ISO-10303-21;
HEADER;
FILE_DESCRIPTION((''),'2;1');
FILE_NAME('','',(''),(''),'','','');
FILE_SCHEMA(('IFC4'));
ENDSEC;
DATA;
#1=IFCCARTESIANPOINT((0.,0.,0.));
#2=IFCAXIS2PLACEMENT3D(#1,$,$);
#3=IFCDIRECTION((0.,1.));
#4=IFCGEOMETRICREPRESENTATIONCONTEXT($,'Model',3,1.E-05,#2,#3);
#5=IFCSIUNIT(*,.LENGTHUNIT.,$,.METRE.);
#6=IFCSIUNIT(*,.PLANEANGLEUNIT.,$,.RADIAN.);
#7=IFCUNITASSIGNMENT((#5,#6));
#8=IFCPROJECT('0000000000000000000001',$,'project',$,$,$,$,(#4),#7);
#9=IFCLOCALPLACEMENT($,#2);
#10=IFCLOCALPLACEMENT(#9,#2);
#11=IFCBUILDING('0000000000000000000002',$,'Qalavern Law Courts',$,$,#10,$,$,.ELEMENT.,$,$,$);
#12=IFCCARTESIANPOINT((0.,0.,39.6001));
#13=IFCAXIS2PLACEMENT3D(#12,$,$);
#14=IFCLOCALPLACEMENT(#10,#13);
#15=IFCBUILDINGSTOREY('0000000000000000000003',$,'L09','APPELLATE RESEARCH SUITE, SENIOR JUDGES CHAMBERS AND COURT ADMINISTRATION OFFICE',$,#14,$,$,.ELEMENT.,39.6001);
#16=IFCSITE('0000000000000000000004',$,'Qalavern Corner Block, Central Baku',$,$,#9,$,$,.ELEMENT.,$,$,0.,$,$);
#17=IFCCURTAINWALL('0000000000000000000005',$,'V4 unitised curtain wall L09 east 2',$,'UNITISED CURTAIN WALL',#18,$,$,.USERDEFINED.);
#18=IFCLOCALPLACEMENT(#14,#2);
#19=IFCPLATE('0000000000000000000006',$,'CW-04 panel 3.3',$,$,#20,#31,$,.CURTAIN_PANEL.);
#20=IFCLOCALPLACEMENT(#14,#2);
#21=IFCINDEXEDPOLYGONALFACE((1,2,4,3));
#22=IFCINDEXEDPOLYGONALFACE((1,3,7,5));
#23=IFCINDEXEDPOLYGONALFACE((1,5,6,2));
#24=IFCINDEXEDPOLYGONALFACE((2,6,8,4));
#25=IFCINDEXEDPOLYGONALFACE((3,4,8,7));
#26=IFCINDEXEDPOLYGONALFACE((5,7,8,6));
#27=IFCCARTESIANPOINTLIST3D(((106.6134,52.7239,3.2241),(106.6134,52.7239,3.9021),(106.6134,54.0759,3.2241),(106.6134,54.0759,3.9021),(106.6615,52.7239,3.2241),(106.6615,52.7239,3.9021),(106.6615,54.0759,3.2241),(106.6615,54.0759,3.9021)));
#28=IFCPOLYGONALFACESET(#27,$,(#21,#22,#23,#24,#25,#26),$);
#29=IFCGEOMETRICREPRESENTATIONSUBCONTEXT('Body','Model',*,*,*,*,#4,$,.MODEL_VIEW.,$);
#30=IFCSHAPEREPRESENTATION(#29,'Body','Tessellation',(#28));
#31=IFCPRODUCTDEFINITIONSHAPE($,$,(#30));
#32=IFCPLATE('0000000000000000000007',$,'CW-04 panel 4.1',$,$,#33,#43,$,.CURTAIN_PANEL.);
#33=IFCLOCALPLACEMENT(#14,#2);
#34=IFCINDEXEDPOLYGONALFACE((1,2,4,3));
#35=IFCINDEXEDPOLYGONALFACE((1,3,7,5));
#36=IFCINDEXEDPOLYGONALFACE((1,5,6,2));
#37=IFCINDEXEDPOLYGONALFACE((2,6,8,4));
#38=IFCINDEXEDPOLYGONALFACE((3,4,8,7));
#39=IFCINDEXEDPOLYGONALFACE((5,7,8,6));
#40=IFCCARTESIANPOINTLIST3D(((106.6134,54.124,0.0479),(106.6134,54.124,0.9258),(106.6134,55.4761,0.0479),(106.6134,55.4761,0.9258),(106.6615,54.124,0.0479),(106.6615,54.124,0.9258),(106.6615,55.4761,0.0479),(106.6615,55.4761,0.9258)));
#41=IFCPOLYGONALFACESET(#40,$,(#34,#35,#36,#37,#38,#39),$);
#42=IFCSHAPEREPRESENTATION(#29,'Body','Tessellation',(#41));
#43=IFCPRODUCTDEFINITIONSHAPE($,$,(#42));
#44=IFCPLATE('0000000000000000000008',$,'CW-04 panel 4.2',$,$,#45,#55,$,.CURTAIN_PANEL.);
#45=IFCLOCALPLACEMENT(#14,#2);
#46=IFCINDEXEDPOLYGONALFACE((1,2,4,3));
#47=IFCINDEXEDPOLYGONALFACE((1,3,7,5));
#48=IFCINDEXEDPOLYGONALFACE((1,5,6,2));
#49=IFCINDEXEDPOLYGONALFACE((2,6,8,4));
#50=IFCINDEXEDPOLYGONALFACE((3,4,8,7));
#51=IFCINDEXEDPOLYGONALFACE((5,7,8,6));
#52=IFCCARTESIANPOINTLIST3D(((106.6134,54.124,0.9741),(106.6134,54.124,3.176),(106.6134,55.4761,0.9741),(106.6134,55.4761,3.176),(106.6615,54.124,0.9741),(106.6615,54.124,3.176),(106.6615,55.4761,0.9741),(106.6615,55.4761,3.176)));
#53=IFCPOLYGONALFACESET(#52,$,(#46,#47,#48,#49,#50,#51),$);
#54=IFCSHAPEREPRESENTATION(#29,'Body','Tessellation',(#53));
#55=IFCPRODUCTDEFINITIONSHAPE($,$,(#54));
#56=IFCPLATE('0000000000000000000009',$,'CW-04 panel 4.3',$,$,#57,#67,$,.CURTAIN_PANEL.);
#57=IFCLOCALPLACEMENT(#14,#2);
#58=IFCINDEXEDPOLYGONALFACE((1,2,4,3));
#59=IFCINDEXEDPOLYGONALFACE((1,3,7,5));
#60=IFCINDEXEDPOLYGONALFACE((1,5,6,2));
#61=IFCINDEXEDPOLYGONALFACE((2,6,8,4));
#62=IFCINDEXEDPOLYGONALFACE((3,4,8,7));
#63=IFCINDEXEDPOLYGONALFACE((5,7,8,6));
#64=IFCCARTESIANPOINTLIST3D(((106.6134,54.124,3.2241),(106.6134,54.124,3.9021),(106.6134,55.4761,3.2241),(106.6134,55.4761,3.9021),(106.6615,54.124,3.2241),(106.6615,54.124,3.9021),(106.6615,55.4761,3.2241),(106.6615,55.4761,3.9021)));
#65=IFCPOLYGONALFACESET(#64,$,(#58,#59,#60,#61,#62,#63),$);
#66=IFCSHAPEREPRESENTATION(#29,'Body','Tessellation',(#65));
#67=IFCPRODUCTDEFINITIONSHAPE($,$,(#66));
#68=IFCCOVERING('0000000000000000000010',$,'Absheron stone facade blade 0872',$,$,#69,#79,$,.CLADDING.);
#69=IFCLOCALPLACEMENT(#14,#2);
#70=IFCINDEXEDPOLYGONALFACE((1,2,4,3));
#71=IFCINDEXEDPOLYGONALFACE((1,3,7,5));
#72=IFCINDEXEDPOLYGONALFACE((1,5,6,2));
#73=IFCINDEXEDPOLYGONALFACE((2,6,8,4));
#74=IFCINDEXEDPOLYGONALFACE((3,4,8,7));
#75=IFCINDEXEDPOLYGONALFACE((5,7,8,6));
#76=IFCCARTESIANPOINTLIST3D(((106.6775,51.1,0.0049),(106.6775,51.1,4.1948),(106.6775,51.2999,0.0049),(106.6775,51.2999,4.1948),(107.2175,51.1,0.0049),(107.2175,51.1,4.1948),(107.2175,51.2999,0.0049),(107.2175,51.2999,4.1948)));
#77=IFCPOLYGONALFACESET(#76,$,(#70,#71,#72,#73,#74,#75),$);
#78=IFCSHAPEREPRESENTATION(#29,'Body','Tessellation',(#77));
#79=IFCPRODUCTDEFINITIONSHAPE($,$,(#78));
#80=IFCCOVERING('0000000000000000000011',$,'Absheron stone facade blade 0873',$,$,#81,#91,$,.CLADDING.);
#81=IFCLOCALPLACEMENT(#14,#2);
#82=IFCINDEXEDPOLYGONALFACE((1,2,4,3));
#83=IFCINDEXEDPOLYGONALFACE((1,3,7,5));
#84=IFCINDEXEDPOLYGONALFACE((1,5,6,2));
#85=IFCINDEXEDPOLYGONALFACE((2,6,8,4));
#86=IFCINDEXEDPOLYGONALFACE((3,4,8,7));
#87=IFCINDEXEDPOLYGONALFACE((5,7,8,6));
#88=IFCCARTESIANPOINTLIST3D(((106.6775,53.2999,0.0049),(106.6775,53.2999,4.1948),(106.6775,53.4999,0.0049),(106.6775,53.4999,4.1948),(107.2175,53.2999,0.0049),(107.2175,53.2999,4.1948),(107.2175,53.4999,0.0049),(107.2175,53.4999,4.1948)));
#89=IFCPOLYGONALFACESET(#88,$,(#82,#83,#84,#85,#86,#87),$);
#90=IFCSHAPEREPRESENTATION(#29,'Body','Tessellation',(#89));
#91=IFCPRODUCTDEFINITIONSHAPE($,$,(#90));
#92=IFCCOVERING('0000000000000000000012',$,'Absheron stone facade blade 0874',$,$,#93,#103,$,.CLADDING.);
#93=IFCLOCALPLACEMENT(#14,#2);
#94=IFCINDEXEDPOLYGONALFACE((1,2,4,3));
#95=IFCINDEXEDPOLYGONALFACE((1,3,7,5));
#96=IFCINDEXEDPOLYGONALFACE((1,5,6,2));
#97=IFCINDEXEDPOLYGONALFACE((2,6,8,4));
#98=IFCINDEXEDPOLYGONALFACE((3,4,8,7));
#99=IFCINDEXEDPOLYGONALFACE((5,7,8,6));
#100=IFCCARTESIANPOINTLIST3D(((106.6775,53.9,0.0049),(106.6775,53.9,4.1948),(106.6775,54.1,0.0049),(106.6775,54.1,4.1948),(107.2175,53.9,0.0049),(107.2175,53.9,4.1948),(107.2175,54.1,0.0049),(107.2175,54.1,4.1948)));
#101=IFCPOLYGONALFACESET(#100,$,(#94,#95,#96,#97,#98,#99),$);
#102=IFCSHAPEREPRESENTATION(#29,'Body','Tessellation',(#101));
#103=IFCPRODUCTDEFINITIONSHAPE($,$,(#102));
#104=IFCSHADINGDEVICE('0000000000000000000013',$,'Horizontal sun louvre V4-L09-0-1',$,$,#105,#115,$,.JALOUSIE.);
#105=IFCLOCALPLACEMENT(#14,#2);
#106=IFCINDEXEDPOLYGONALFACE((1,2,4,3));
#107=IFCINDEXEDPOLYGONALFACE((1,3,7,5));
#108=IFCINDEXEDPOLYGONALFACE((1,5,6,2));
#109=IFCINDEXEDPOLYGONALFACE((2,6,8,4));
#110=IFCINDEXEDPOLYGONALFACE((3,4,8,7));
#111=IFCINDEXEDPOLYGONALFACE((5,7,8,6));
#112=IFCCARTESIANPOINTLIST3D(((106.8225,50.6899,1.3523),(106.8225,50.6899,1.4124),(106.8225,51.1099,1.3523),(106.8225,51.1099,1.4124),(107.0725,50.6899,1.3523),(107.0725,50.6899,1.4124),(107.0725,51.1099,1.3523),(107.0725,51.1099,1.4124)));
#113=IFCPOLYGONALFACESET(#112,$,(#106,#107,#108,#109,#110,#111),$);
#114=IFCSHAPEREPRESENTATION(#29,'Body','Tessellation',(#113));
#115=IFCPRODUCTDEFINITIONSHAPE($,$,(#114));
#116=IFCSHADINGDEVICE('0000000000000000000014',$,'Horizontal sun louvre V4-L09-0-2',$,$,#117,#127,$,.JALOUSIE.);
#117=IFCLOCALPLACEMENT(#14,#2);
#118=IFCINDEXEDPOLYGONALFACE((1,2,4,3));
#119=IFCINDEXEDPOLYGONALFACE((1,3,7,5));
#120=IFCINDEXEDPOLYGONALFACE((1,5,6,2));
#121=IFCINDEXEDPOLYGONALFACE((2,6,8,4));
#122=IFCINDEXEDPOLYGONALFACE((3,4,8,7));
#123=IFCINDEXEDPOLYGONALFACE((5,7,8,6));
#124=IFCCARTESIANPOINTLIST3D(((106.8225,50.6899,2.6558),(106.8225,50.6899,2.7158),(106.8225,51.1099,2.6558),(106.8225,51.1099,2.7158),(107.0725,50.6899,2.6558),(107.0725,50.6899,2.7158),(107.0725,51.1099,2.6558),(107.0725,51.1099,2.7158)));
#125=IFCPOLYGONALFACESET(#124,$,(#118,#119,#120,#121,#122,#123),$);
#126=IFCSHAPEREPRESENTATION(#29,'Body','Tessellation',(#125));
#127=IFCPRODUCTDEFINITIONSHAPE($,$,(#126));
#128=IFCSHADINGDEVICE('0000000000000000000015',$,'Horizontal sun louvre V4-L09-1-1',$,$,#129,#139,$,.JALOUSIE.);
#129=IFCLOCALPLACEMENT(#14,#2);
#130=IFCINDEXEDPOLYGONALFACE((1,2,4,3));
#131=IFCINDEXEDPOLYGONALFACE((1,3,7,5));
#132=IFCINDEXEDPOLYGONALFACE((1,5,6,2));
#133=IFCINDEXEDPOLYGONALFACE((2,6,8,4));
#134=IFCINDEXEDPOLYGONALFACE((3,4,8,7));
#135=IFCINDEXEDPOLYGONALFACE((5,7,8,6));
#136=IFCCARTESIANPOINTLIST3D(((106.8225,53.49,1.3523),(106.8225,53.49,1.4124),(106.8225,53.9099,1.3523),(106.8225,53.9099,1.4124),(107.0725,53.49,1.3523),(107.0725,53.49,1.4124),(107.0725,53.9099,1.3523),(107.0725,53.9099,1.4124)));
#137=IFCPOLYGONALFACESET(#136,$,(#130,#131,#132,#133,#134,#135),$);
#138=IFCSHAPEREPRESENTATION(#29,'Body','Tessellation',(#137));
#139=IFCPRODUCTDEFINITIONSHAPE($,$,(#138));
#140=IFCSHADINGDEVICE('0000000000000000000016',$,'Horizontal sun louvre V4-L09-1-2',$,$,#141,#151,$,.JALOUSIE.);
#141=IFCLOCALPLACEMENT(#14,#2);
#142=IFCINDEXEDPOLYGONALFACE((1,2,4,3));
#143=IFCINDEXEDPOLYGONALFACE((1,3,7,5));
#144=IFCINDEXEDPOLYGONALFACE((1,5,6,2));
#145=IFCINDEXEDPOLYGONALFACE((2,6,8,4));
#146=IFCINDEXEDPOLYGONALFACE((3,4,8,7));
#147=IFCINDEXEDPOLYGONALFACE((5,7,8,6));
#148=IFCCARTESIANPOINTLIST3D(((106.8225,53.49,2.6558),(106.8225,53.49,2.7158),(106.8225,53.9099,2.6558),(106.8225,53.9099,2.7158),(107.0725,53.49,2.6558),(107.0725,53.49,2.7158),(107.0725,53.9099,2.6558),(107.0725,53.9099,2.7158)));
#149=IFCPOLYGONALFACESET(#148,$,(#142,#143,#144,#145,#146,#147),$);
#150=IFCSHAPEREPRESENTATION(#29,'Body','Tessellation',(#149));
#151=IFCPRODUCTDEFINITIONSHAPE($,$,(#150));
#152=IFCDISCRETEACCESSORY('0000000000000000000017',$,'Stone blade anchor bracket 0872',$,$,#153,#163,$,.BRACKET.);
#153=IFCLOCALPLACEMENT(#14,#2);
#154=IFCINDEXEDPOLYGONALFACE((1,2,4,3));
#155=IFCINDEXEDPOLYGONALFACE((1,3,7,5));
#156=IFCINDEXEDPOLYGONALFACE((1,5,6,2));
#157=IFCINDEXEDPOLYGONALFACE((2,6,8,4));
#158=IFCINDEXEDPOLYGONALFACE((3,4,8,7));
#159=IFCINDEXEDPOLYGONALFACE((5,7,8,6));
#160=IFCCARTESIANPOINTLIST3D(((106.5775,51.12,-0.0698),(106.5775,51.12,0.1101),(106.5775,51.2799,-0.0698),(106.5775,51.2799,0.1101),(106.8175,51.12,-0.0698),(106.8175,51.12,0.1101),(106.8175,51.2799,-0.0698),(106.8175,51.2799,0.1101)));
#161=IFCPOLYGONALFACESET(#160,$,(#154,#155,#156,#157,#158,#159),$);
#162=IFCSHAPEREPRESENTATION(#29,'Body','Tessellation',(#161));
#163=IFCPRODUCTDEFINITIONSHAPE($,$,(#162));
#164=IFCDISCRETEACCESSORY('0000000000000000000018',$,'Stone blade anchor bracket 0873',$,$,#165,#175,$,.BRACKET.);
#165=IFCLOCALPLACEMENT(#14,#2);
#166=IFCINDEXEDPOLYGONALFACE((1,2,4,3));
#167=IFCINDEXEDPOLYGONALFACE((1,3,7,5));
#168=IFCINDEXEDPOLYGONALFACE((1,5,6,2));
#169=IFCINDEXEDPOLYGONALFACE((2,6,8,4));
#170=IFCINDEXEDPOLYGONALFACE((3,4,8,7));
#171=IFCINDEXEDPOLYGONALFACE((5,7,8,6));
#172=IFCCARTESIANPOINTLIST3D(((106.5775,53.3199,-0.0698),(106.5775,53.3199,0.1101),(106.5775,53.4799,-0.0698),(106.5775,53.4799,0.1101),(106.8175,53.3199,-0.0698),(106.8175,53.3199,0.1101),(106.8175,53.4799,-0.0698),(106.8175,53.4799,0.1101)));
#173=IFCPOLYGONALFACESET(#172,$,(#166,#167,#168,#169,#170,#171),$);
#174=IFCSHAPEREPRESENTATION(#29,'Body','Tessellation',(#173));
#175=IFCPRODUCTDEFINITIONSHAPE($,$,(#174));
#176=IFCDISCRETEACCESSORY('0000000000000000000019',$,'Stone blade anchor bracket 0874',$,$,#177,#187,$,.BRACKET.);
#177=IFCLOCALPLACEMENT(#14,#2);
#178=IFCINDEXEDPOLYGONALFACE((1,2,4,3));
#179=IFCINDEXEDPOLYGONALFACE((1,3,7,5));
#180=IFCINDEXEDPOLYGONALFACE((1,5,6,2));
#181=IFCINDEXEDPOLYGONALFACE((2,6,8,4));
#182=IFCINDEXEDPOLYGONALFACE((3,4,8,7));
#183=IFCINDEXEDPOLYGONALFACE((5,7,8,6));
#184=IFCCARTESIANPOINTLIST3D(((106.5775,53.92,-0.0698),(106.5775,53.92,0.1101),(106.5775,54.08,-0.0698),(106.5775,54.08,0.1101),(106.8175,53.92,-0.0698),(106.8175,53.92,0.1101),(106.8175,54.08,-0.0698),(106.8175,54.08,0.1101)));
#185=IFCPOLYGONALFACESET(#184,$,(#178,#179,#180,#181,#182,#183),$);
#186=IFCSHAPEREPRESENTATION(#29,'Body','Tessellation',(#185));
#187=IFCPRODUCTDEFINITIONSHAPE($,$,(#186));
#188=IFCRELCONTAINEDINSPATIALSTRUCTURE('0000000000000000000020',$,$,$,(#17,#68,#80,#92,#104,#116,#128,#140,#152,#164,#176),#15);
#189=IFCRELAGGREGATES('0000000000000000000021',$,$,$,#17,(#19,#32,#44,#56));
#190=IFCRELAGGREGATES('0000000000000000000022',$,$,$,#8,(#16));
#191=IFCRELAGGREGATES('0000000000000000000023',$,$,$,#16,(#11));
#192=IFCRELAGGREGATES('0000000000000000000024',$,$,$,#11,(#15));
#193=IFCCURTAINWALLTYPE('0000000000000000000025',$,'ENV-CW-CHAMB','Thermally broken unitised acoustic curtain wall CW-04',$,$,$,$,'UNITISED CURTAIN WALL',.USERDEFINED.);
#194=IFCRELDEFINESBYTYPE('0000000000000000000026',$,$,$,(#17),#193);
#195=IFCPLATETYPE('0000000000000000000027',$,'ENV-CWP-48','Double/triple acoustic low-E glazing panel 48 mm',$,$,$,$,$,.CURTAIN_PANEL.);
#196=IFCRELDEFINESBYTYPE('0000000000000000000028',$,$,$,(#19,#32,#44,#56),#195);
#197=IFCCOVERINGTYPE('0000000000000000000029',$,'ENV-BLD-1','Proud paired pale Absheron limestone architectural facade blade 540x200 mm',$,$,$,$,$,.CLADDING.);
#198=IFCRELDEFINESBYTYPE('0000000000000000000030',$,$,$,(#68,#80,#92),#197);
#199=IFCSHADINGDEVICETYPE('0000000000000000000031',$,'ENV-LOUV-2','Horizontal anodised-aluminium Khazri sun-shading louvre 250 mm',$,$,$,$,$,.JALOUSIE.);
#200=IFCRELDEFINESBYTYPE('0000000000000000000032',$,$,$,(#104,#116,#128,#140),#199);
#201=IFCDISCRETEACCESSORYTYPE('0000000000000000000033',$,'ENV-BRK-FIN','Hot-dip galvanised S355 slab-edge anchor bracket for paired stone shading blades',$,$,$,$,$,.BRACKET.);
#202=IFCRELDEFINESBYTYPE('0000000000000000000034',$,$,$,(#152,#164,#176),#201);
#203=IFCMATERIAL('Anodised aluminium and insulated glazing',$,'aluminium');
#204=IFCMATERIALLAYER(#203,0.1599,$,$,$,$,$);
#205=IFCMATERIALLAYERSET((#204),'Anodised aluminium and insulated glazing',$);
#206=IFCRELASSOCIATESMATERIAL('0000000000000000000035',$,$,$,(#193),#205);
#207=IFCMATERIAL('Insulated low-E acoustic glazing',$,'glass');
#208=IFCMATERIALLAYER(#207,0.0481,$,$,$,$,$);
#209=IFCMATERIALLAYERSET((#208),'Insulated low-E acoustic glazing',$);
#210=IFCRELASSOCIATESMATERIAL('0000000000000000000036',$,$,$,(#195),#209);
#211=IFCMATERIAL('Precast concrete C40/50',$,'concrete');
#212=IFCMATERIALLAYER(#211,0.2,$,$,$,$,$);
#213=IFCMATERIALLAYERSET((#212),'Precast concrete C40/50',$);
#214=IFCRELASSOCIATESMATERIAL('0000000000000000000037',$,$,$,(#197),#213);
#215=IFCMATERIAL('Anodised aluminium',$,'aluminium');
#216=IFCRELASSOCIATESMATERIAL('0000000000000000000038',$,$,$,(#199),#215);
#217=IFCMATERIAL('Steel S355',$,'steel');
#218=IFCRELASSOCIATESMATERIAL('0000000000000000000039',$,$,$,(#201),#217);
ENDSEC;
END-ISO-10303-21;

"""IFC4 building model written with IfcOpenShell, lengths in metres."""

from ifc_helpers import new_model, si_unit, direction, frame, origin, origin_2d, place, context, subcontext, project, spatial, rectangle, extrude, material, layer, layer_set, type_object, element, aggregate, save


model = new_model("IFC4")

# Units and contexts
model_context = context("Model", 3, precision=1e-05, world=origin(), true_north=direction((0.0, 1.0)))
body_context = subcontext(model_context, "Body", "Model", "MODEL_VIEW")
ifc_project = project(units=[si_unit("LENGTHUNIT", "METRE"), si_unit("PLANEANGLEUNIT", "RADIAN")], contexts=[model_context])

# Site, building, storey
site_placement = place(None, origin())
site = spatial("IfcSite", under=ifc_project, at=site_placement, Name="Qalavern Corner Block, Central Baku", CompositionType="ELEMENT", RefElevation=0.0)
building_placement = place(site_placement, origin())
building = spatial("IfcBuilding", under=site, at=building_placement, Name="Qalavern Law Courts", CompositionType="ELEMENT")
storey_placement = place(building_placement, frame((0.0, 0.0, 39.6001)))
storey = spatial("IfcBuildingStorey", under=building, at=storey_placement, Name="L09", Description="APPELLATE RESEARCH SUITE, SENIOR JUDGES CHAMBERS AND COURT ADMINISTRATION OFFICE", CompositionType="ELEMENT", Elevation=39.6001)

# Curtain wall, plates
ifc_material_1 = material(Name="Anodised aluminium and insulated glazing", Category="aluminium")
ifc_layer_1 = layer(ifc_material_1, 0.1599)
ifc_layer_set_1 = layer_set([ifc_layer_1], Name="Anodised aluminium and insulated glazing")
curtain_wall_type = type_object("IfcCurtainWallType", Name="ENV-CW-CHAMB", Description="Thermally broken unitised acoustic curtain wall CW-04", ElementType="UNITISED CURTAIN WALL", PredefinedType="USERDEFINED", material=ifc_layer_set_1)
curtain_wall_placement = place(storey_placement, origin())
curtain_wall = element("IfcCurtainWall", 1, at=curtain_wall_placement, inside=storey, type_object=curtain_wall_type, Name="V4 unitised curtain wall L09 east 2", ObjectType="UNITISED CURTAIN WALL", PredefinedType="USERDEFINED")
ifc_material_2 = material(Name="Anodised aluminium", Category="aluminium")
ifc_material_3 = material(Name="Insulated low-E acoustic glazing", Category="glass")
ifc_layer_2 = layer(ifc_material_3, 0.0481)
ifc_layer_set_2 = layer_set([ifc_layer_2], Name="Insulated low-E acoustic glazing")
plate_type = type_object("IfcPlateType", Name="ENV-CWP-48", Description="Double/triple acoustic low-E glazing panel 48 mm", PredefinedType="CURTAIN_PANEL", material=ifc_layer_set_2)
plate_1_placement = place(storey_placement, frame((106.6375, 53.3999, 3.2241), z_axis=(0.0, 0.0, 1.0), x_axis=(0.0, 1.0, 0.0)))
plate_1 = element("IfcPlate", 2, at=plate_1_placement, type_object=plate_type, Name="CW-04 panel 3.3", PredefinedType="CURTAIN_PANEL", context=body_context, shape_type="SweptSolid", body=[
    extrude(rectangle(XDim=1.3521, YDim=0.0481, at=origin_2d()), origin(), (0.0, 0.0, 1.0), 0.678),
])
plate_2_placement = place(storey_placement, frame((106.6375, 54.8, 0.0479), z_axis=(0.0, 0.0, 1.0), x_axis=(0.0, 1.0, 0.0)))
plate_2 = element("IfcPlate", 3, at=plate_2_placement, type_object=plate_type, Name="CW-04 panel 4.1", PredefinedType="CURTAIN_PANEL", context=body_context, shape_type="SweptSolid", body=[
    extrude(rectangle(XDim=1.3521, YDim=0.0481, at=origin_2d()), origin(), (0.0, 0.0, 1.0), 0.8779),
])
plate_3_placement = place(storey_placement, frame((106.6375, 54.8, 0.9741), z_axis=(0.0, 0.0, 1.0), x_axis=(0.0, 1.0, 0.0)))
plate_3 = element("IfcPlate", 4, at=plate_3_placement, type_object=plate_type, Name="CW-04 panel 4.2", PredefinedType="CURTAIN_PANEL", context=body_context, shape_type="SweptSolid", body=[
    extrude(rectangle(XDim=1.3521, YDim=0.0481, at=origin_2d()), origin(), (0.0, 0.0, 1.0), 2.2019),
])
plate_4_placement = place(storey_placement, frame((106.6375, 54.8, 3.2241), z_axis=(0.0, 0.0, 1.0), x_axis=(0.0, 1.0, 0.0)))
plate_4 = element("IfcPlate", 5, at=plate_4_placement, type_object=plate_type, Name="CW-04 panel 4.3", PredefinedType="CURTAIN_PANEL", context=body_context, shape_type="SweptSolid", body=[
    extrude(rectangle(XDim=1.3521, YDim=0.0481, at=origin_2d()), origin(), (0.0, 0.0, 1.0), 0.678),
])
aggregate(curtain_wall, [plate_1, plate_2, plate_3, plate_4])

# Coverings
ifc_material_4 = material(Name="Precast concrete C40/50", Category="concrete")
ifc_layer_3 = layer(ifc_material_4, 0.2)
ifc_layer_set_3 = layer_set([ifc_layer_3], Name="Precast concrete C40/50")
covering_type = type_object("IfcCoveringType", Name="ENV-BLD-1", Description="Proud paired pale Absheron limestone architectural facade blade 540x200 mm", PredefinedType="CLADDING", material=ifc_layer_set_3)
for number, where, z_axis, x_axis, name in (
    (6, (106.9475, 51.2, 0.0049), (0.0, 0.0, 1.0), (1.0, 0.0, 0.0), "Absheron stone facade blade 0872"),
    (7, (106.9475, 53.3999, 0.0049), (0.0, 0.0, 1.0), (1.0, 0.0, 0.0), "Absheron stone facade blade 0873"),
    (8, (106.9475, 54.0, 0.0049), (0.0, 0.0, 1.0), (1.0, 0.0, 0.0), "Absheron stone facade blade 0874"),
):
    element("IfcCovering", number, at=place(storey_placement, frame(where, z_axis=z_axis, x_axis=x_axis)), inside=storey, type_object=covering_type, Name=name, PredefinedType="CLADDING", context=body_context, shape_type="SweptSolid", body=[
        extrude(rectangle(XDim=0.54, YDim=0.2, at=origin_2d()), origin(), (0.0, 0.0, 1.0), 4.1899),
    ])

# Shading devices
shading_device_type = type_object("IfcShadingDeviceType", Name="ENV-LOUV-2", Description="Horizontal anodised-aluminium Khazri sun-shading louvre 250 mm", PredefinedType="JALOUSIE", material=ifc_material_2)
for number, where, z_axis, x_axis, name in (
    (9, (106.9475, 50.8999, 1.3523), (0.0, 0.0, 1.0), (0.0, 1.0, 0.0), "Horizontal sun louvre V4-L09-0-1"),
    (10, (106.9475, 50.8999, 2.6558), (0.0, 0.0, 1.0), (0.0, 1.0, 0.0), "Horizontal sun louvre V4-L09-0-2"),
    (11, (106.9475, 53.7, 1.3523), (0.0, 0.0, 1.0), (0.0, 1.0, 0.0), "Horizontal sun louvre V4-L09-1-1"),
    (12, (106.9475, 53.7, 2.6558), (0.0, 0.0, 1.0), (0.0, 1.0, 0.0), "Horizontal sun louvre V4-L09-1-2"),
):
    element("IfcShadingDevice", number, at=place(storey_placement, frame(where, z_axis=z_axis, x_axis=x_axis)), inside=storey, type_object=shading_device_type, Name=name, PredefinedType="JALOUSIE", context=body_context, shape_type="SweptSolid", body=[
        extrude(rectangle(XDim=0.4199, YDim=0.25, at=origin_2d()), origin(), (0.0, 0.0, 1.0), 0.0601),
    ])

# Discrete accessories
ifc_material_5 = material(Name="Steel S355", Category="steel")
discrete_accessory_type = type_object("IfcDiscreteAccessoryType", Name="ENV-BRK-FIN", Description="Hot-dip galvanised S355 slab-edge anchor bracket for paired stone shading blades", PredefinedType="BRACKET", material=ifc_material_5)
for number, where, z_axis, x_axis, name in (
    (13, (106.6975, 51.2, -0.0698), (0.0, 0.0, 1.0), (1.0, 0.0, 0.0), "Stone blade anchor bracket 0872"),
    (14, (106.6975, 53.3999, -0.0698), (0.0, 0.0, 1.0), (1.0, 0.0, 0.0), "Stone blade anchor bracket 0873"),
    (15, (106.6975, 54.0, -0.0698), (0.0, 0.0, 1.0), (1.0, 0.0, 0.0), "Stone blade anchor bracket 0874"),
):
    element("IfcDiscreteAccessory", number, at=place(storey_placement, frame(where, z_axis=z_axis, x_axis=x_axis)), inside=storey, type_object=discrete_accessory_type, Name=name, PredefinedType="BRACKET", context=body_context, shape_type="SweptSolid", body=[
        extrude(rectangle(XDim=0.24, YDim=0.1599, at=origin_2d()), origin(), (0.0, 0.0, 1.0), 0.1799),
    ])

save(model, "model.ifc")
